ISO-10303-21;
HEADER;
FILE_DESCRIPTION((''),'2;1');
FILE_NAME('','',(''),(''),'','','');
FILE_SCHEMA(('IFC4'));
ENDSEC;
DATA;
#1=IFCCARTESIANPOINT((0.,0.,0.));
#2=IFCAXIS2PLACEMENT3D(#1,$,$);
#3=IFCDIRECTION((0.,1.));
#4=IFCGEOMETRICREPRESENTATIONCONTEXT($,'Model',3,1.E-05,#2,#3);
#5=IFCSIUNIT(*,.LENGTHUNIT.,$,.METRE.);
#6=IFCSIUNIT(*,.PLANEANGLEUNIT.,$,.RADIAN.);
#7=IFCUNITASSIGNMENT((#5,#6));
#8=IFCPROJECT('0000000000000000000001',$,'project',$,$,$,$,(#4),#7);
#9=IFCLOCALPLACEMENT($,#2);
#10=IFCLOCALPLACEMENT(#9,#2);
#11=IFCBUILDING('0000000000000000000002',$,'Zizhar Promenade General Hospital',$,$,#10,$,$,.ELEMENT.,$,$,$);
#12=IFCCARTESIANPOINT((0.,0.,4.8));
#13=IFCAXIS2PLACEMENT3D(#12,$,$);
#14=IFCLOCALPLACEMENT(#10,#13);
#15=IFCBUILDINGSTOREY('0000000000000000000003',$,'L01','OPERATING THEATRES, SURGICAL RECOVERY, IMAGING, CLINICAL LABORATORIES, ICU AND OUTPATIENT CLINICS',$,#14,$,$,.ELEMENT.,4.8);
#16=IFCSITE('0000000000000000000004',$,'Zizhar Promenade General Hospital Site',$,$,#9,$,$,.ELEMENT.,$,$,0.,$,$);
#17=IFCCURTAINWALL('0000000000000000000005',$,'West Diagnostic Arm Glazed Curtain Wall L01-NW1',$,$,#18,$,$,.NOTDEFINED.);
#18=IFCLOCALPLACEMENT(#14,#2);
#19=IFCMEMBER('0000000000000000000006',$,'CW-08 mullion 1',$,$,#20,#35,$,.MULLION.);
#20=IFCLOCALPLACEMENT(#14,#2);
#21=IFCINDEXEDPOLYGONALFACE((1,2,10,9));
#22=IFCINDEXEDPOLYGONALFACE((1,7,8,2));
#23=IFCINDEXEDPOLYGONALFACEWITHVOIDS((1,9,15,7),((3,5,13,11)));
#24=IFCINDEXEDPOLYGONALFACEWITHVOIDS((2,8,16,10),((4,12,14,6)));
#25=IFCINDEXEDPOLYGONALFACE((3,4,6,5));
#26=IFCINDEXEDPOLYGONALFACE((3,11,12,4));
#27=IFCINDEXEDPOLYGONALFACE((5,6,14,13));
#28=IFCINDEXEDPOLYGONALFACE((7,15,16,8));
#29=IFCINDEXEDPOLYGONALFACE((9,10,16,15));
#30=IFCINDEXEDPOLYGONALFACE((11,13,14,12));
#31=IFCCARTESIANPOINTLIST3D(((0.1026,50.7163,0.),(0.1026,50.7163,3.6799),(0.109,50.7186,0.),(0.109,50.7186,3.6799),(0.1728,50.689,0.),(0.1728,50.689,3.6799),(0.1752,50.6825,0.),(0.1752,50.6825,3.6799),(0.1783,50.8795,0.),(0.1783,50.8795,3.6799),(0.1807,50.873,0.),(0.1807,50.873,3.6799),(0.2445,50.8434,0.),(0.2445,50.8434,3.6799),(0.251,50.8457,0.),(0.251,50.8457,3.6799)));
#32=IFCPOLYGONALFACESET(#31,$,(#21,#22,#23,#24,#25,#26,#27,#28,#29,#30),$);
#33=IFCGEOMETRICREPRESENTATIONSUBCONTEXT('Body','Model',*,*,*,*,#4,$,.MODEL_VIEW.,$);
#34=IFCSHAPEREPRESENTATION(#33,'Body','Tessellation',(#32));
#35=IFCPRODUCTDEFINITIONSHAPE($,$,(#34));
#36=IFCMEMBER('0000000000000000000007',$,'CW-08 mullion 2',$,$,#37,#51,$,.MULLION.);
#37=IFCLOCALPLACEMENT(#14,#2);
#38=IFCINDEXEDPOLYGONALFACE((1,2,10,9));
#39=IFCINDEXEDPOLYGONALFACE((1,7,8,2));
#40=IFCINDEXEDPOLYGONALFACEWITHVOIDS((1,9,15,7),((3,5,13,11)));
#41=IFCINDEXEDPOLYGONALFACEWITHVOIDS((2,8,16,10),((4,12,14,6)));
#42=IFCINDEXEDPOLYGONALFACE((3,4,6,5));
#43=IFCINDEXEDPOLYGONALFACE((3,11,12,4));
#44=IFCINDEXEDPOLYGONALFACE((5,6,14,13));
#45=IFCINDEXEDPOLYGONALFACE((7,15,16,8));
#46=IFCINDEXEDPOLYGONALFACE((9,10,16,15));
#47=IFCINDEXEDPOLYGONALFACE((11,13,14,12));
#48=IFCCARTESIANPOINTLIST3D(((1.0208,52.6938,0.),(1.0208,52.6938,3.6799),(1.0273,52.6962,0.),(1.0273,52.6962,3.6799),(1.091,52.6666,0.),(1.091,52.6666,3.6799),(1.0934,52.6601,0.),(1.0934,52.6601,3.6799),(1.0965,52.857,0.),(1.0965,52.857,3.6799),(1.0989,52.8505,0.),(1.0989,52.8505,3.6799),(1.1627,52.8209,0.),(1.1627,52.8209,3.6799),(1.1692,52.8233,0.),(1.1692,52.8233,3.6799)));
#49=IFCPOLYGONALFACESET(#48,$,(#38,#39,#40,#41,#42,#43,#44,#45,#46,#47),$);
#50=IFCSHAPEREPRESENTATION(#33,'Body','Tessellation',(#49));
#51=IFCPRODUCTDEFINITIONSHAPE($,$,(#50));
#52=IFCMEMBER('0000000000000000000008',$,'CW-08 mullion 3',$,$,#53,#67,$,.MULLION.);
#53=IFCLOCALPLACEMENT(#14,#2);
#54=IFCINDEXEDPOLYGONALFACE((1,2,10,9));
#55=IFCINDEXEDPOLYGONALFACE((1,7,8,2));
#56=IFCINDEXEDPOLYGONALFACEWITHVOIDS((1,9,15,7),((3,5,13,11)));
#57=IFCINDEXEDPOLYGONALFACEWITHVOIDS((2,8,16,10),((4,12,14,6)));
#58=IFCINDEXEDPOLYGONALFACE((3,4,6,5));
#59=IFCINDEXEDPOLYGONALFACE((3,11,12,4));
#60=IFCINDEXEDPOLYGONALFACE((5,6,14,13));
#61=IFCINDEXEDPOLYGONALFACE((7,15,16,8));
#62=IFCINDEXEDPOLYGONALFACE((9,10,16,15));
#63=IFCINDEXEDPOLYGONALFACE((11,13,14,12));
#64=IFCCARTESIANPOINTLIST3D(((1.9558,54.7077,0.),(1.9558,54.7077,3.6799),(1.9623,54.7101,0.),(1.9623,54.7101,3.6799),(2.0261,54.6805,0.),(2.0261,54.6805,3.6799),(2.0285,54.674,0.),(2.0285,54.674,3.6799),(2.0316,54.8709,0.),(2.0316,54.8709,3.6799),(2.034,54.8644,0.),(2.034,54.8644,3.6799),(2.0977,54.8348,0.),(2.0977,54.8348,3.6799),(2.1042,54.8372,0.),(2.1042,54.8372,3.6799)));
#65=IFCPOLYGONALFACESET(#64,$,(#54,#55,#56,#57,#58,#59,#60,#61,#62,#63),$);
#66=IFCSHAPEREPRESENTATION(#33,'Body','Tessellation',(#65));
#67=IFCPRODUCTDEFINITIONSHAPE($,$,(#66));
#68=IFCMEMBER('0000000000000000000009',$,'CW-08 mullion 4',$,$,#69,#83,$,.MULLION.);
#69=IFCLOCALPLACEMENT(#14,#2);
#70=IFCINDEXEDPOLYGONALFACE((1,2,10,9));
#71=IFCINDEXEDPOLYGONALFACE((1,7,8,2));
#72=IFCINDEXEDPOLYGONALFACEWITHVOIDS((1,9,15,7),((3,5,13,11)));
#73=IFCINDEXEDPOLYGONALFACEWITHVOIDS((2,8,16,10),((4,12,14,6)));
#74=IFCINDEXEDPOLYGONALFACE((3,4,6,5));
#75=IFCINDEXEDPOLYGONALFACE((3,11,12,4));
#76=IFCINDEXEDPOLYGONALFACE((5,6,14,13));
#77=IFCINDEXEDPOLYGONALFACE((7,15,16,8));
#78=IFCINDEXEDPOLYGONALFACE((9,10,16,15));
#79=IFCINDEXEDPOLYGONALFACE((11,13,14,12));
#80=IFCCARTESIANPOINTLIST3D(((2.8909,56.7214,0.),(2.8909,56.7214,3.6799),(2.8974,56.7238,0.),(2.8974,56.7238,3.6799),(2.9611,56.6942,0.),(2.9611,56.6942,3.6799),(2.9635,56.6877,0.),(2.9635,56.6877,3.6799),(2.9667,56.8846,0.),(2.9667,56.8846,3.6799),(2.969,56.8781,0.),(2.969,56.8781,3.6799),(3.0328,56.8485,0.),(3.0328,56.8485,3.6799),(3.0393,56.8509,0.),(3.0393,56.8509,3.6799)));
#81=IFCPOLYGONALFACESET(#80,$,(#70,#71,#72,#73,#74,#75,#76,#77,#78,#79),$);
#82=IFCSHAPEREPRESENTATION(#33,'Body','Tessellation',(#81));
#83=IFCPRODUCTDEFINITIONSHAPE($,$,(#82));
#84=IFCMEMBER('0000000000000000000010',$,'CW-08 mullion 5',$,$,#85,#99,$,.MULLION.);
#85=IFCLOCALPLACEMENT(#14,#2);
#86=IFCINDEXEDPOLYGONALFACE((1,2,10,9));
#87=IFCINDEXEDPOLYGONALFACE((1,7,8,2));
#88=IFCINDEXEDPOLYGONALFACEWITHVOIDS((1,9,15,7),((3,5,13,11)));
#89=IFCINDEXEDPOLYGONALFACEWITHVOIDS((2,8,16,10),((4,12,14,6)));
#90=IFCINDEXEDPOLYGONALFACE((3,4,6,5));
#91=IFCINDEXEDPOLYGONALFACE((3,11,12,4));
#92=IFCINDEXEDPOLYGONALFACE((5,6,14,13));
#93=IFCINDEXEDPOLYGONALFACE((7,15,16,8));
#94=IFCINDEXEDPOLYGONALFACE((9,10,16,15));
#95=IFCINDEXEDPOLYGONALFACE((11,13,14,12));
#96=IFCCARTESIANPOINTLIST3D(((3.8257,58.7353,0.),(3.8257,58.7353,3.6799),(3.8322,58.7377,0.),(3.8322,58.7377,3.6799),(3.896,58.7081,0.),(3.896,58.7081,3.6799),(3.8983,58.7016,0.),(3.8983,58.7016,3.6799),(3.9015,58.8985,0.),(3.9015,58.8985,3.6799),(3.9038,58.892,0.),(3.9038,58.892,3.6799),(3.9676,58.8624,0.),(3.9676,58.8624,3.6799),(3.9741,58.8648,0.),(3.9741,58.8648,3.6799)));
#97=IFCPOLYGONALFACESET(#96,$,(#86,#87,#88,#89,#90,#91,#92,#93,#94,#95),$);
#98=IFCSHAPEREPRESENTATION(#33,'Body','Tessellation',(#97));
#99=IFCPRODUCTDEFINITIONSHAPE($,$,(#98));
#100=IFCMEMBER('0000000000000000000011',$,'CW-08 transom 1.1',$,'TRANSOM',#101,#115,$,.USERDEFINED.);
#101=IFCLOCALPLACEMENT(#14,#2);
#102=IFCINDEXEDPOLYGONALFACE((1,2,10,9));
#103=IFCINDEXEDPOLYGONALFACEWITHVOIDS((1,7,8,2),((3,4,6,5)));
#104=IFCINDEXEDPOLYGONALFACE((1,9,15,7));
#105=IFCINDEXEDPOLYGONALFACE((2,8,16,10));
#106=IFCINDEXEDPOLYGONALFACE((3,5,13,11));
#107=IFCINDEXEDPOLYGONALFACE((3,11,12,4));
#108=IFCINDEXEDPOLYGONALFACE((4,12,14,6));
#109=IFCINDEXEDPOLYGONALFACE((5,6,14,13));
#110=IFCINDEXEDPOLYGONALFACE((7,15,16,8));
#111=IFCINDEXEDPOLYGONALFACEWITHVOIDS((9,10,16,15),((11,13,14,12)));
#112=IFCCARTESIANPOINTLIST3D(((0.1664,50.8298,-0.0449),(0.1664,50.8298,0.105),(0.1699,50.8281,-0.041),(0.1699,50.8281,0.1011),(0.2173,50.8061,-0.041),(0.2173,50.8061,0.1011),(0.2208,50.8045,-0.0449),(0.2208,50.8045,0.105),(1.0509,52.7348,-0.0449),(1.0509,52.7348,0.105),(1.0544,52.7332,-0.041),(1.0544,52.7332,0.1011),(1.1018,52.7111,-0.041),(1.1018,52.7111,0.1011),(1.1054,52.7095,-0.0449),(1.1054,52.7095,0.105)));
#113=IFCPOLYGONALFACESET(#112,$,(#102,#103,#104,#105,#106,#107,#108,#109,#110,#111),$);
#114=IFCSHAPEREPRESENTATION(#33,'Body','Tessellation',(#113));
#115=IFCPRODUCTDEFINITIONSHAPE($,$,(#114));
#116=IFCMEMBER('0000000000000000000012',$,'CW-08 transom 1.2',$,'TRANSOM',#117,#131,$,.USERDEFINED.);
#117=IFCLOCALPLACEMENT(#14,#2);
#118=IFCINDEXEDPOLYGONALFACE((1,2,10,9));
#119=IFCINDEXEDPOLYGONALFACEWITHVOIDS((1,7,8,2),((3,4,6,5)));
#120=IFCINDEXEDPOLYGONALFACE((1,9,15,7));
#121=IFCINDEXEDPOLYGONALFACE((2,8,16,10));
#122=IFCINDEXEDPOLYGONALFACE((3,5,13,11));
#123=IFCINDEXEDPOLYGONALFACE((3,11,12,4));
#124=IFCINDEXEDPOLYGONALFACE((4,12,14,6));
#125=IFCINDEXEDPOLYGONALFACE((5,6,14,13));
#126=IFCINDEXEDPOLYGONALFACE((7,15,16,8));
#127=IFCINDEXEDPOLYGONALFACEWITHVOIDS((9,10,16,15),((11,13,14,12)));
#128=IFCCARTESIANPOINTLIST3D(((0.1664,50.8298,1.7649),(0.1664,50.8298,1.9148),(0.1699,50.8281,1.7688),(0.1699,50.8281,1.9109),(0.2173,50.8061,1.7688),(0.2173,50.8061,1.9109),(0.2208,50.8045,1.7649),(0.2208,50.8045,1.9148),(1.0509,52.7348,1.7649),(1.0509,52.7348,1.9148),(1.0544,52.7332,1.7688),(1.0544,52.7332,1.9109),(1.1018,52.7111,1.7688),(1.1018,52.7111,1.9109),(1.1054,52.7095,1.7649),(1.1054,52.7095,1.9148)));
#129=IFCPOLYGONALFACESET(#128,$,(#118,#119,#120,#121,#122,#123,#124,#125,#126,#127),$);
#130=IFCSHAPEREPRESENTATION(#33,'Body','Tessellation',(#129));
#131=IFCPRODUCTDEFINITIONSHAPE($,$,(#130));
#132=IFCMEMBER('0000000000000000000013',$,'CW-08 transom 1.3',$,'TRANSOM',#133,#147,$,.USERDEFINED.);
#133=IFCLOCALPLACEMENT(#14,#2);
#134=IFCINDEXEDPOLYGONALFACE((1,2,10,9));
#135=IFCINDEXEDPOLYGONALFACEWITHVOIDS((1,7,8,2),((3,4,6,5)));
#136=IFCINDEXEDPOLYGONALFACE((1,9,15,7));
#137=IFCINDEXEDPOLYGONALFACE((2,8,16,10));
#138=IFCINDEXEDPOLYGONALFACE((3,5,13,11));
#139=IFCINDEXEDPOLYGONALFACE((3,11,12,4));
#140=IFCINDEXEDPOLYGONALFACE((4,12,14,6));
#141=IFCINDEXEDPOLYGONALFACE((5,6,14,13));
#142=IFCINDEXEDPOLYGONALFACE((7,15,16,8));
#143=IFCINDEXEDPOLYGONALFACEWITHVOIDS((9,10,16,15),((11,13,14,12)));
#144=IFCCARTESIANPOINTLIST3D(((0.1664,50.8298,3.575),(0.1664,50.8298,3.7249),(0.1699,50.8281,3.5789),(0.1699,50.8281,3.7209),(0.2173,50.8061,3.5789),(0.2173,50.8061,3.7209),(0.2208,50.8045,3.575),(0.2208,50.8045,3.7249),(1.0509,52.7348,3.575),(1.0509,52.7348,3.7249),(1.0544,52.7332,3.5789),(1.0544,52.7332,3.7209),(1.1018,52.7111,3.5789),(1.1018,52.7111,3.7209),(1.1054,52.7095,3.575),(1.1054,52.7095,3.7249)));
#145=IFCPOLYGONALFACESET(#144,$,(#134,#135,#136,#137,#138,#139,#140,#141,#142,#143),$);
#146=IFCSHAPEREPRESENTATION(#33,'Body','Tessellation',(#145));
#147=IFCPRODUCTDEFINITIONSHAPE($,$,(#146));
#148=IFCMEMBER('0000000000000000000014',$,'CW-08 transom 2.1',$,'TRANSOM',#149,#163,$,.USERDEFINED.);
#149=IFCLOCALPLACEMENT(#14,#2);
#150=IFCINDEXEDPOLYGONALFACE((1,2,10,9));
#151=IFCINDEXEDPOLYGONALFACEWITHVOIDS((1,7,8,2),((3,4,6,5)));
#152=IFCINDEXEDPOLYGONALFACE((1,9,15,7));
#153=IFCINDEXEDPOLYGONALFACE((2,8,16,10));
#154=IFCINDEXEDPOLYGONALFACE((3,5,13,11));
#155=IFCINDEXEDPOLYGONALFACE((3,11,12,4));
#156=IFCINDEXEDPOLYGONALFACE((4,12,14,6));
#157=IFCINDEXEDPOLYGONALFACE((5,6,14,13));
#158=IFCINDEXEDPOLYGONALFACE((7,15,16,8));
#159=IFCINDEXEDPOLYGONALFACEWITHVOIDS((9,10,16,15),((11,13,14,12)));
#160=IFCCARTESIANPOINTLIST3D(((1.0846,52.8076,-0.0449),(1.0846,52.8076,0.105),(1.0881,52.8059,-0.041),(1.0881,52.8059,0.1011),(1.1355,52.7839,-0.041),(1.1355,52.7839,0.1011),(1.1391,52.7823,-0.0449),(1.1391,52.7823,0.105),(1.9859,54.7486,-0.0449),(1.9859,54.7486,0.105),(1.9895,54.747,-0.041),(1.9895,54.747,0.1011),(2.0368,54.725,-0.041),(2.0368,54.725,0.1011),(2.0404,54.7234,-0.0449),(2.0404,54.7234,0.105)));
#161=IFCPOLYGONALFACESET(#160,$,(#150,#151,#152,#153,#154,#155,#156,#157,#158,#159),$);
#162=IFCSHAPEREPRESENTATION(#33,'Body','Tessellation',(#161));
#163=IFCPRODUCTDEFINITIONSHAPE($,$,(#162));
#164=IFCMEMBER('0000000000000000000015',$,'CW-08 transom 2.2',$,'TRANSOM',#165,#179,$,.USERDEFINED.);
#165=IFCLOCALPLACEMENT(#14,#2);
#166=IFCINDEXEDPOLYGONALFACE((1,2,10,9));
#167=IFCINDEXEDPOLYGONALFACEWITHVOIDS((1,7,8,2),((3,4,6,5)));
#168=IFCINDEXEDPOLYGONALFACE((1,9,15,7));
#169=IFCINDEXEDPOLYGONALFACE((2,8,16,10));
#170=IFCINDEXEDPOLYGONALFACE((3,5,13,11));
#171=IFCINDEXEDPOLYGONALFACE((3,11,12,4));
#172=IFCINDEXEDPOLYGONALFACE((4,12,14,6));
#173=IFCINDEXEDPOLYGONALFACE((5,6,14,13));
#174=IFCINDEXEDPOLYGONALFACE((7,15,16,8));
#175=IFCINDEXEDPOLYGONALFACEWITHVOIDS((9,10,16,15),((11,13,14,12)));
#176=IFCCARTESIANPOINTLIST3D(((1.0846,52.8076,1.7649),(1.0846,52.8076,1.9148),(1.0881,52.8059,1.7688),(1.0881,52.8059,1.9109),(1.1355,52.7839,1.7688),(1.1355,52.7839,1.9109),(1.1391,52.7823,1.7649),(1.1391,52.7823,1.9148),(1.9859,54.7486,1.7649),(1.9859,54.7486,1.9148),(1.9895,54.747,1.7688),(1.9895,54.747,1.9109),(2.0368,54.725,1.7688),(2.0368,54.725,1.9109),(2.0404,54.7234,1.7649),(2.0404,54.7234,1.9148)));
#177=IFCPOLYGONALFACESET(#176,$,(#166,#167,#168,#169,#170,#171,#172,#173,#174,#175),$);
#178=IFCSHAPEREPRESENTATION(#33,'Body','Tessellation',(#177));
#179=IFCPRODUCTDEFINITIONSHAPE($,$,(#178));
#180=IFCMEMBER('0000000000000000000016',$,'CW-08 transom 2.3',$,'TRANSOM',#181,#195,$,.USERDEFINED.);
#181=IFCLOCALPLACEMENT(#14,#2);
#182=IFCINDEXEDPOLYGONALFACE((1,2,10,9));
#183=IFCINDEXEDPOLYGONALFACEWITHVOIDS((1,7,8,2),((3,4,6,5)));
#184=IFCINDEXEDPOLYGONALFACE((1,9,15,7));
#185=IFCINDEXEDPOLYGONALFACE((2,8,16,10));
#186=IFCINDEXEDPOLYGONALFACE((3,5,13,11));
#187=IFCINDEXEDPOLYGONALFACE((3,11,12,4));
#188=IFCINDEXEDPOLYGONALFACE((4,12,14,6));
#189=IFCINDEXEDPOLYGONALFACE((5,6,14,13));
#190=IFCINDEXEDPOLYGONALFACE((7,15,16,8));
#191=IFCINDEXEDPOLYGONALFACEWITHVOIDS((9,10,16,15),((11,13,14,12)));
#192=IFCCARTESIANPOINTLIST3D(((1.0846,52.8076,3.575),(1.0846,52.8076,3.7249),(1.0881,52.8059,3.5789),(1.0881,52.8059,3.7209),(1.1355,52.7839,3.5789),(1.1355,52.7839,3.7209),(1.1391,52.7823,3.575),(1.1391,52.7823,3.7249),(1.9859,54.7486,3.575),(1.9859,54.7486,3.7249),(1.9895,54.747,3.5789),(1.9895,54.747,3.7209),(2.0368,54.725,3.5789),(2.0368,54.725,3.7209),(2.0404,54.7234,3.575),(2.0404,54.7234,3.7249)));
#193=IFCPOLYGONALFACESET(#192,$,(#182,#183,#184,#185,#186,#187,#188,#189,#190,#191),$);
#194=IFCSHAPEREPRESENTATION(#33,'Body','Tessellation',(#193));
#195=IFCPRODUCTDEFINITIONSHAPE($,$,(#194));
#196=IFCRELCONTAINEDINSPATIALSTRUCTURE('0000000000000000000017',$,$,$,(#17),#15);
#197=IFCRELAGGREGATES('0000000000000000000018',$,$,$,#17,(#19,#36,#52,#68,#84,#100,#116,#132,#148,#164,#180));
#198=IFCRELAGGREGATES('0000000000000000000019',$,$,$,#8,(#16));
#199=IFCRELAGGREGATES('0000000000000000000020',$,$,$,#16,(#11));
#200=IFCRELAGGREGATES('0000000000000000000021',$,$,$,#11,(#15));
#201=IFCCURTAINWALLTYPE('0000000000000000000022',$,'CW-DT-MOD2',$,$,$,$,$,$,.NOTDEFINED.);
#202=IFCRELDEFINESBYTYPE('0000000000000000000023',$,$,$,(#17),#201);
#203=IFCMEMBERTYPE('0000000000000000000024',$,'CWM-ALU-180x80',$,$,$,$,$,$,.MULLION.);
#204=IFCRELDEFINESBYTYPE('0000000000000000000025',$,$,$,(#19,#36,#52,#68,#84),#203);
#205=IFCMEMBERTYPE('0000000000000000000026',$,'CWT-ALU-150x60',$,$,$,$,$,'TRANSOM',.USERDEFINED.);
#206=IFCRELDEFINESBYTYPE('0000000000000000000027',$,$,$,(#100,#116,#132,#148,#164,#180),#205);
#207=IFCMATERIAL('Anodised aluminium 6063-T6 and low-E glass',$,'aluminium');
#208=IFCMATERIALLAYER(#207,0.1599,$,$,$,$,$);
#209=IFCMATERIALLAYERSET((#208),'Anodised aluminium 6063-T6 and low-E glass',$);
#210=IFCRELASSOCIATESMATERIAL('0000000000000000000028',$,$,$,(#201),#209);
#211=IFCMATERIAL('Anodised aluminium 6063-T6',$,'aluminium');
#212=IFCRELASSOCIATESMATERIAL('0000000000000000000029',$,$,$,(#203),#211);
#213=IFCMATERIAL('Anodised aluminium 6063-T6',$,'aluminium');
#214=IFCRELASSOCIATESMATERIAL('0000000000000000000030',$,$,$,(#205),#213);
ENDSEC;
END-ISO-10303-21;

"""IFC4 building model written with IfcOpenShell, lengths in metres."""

from ifc_helpers import new_model, si_unit, direction, frame, origin, origin_2d, place, context, subcontext, project, spatial, hollow_rectangle, extrude, material, layer, layer_set, material_profile, profile_set, type_object, element, aggregate, save


model = new_model("IFC4")

# Units and contexts
model_context = context("Model", 3, precision=1e-05, world=origin(), true_north=direction((0.0, 1.0)))
body_context = subcontext(model_context, "Body", "Model", "MODEL_VIEW")
ifc_project = project(units=[si_unit("LENGTHUNIT", "METRE"), si_unit("PLANEANGLEUNIT", "RADIAN")], contexts=[model_context])

# Site, building, storey
site_placement = place(None, origin())
site = spatial("IfcSite", under=ifc_project, at=site_placement, Name="Zizhar Promenade General Hospital Site", CompositionType="ELEMENT", RefElevation=0.0)
building_placement = place(site_placement, origin())
building = spatial("IfcBuilding", under=site, at=building_placement, Name="Zizhar Promenade General Hospital", CompositionType="ELEMENT")
storey_placement = place(building_placement, frame((0.0, 0.0, 4.8)))
storey = spatial("IfcBuildingStorey", under=building, at=storey_placement, Name="L01", Description="OPERATING THEATRES, SURGICAL RECOVERY, IMAGING, CLINICAL LABORATORIES, ICU AND OUTPATIENT CLINICS", CompositionType="ELEMENT", Elevation=4.8)

# Curtain wall, members
ifc_material_1 = material(Name="Anodised aluminium 6063-T6 and low-E glass", Category="aluminium")
ifc_layer_1 = layer(ifc_material_1, 0.1599)
ifc_layer_set_1 = layer_set([ifc_layer_1], Name="Anodised aluminium 6063-T6 and low-E glass")
curtain_wall_type = type_object("IfcCurtainWallType", Name="CW-DT-MOD2", PredefinedType="NOTDEFINED", material=ifc_layer_set_1)
curtain_wall_placement = place(storey_placement, origin())
curtain_wall = element("IfcCurtainWall", 1, at=curtain_wall_placement, inside=storey, type_object=curtain_wall_type, Name="West Diagnostic Arm Glazed Curtain Wall L01-NW1", PredefinedType="NOTDEFINED")
ifc_material_2 = material(Name="Anodised aluminium 6063-T6", Category="aluminium")
ifc_material_profile_1 = material_profile(ifc_material_2, hollow_rectangle(XDim=0.0801, YDim=0.1799, WallThickness=0.0049, at=origin_2d()))
ifc_profile_set_1 = profile_set([ifc_material_profile_1], Name="Anodised aluminium 6063-T6")
member_type_1 = type_object("IfcMemberType", Name="CWM-ALU-180x80", PredefinedType="MULLION", material=ifc_profile_set_1)
member_1_placement = place(storey_placement, frame((0.1768, 50.781, 0.0), z_axis=(0.0, 0.0, 1.0), x_axis=(-0.907007, 0.421115, 0.0)))
member_1 = element("IfcMember", 2, at=member_1_placement, type_object=member_type_1, Name="CW-08 mullion 1", PredefinedType="MULLION", context=body_context, shape_type="SweptSolid", body=[
    extrude(hollow_rectangle(XDim=0.0801, YDim=0.1799, WallThickness=0.0049, at=origin_2d()), origin(), (0.0, 0.0, 1.0), 3.6799),
])
member_2_placement = place(storey_placement, frame((1.095, 52.7585, 0.0), z_axis=(0.0, 0.0, 1.0), x_axis=(-0.907007, 0.421115, 0.0)))
member_2 = element("IfcMember", 3, at=member_2_placement, type_object=member_type_1, Name="CW-08 mullion 2", PredefinedType="MULLION", context=body_context, shape_type="SweptSolid", body=[
    extrude(hollow_rectangle(XDim=0.0801, YDim=0.1799, WallThickness=0.0049, at=origin_2d()), origin(), (0.0, 0.0, 1.0), 3.6799),
])
member_3_placement = place(storey_placement, frame((2.03, 54.7725, 0.0), z_axis=(0.0, 0.0, 1.0), x_axis=(-0.907007, 0.421115, 0.0)))
member_3 = element("IfcMember", 4, at=member_3_placement, type_object=member_type_1, Name="CW-08 mullion 3", PredefinedType="MULLION", context=body_context, shape_type="SweptSolid", body=[
    extrude(hollow_rectangle(XDim=0.0801, YDim=0.1799, WallThickness=0.0049, at=origin_2d()), origin(), (0.0, 0.0, 1.0), 3.6799),
])
member_4_placement = place(storey_placement, frame((2.9651, 56.7861, 0.0), z_axis=(0.0, 0.0, 1.0), x_axis=(-0.907007, 0.421115, 0.0)))
member_4 = element("IfcMember", 5, at=member_4_placement, type_object=member_type_1, Name="CW-08 mullion 4", PredefinedType="MULLION", context=body_context, shape_type="SweptSolid", body=[
    extrude(hollow_rectangle(XDim=0.0801, YDim=0.1799, WallThickness=0.0049, at=origin_2d()), origin(), (0.0, 0.0, 1.0), 3.6799),
])
member_5_placement = place(storey_placement, frame((3.8999, 58.8, 0.0), z_axis=(0.0, 0.0, 1.0), x_axis=(-0.907007, 0.421115, 0.0)))
member_5 = element("IfcMember", 6, at=member_5_placement, type_object=member_type_1, Name="CW-08 mullion 5", PredefinedType="MULLION", context=body_context, shape_type="SweptSolid", body=[
    extrude(hollow_rectangle(XDim=0.0801, YDim=0.1799, WallThickness=0.0049, at=origin_2d()), origin(), (0.0, 0.0, 1.0), 3.6799),
])
ifc_material_3 = material(Name="Anodised aluminium 6063-T6", Category="aluminium")
ifc_material_profile_2 = material_profile(ifc_material_3, hollow_rectangle(XDim=0.0601, YDim=0.1499, WallThickness=0.0039, at=origin_2d()))
ifc_profile_set_2 = profile_set([ifc_material_profile_2], Name="Anodised aluminium 6063-T6")
member_type_2 = type_object("IfcMemberType", Name="CWT-ALU-150x60", ElementType="TRANSOM", PredefinedType="USERDEFINED", material=ifc_profile_set_2)
member_6_placement = place(storey_placement, frame((0.1936, 50.8171, 0.03), z_axis=(0.421128, 0.907001, 0.0), x_axis=(-0.907001, 0.421128, 0.0)))
member_6 = element("IfcMember", 7, at=member_6_placement, type_object=member_type_2, Name="CW-08 transom 1.1", ObjectType="TRANSOM", PredefinedType="USERDEFINED", context=body_context, shape_type="SweptSolid", body=[
    extrude(hollow_rectangle(XDim=0.0601, YDim=0.1499, WallThickness=0.0039, at=origin_2d()), origin(), (0.0, 0.0, 1.0), 2.1003),
])
member_7_placement = place(storey_placement, frame((0.1936, 50.8171, 1.8398), z_axis=(0.421128, 0.907001, 0.0), x_axis=(-0.907001, 0.421128, 0.0)))
member_7 = element("IfcMember", 8, at=member_7_placement, type_object=member_type_2, Name="CW-08 transom 1.2", ObjectType="TRANSOM", PredefinedType="USERDEFINED", context=body_context, shape_type="SweptSolid", body=[
    extrude(hollow_rectangle(XDim=0.0601, YDim=0.1499, WallThickness=0.0039, at=origin_2d()), origin(), (0.0, 0.0, 1.0), 2.1003),
])
member_8_placement = place(storey_placement, frame((0.1936, 50.8171, 3.6499), z_axis=(0.421128, 0.907001, 0.0), x_axis=(-0.907001, 0.421128, 0.0)))
member_8 = element("IfcMember", 9, at=member_8_placement, type_object=member_type_2, Name="CW-08 transom 1.3", ObjectType="TRANSOM", PredefinedType="USERDEFINED", context=body_context, shape_type="SweptSolid", body=[
    extrude(hollow_rectangle(XDim=0.0601, YDim=0.1499, WallThickness=0.0039, at=origin_2d()), origin(), (0.0, 0.0, 1.0), 2.1003),
])
member_9_placement = place(storey_placement, frame((1.1118, 52.7949, 0.03), z_axis=(0.421155, 0.906989, 0.0), x_axis=(-0.906989, 0.421155, 0.0)))
member_9 = element("IfcMember", 10, at=member_9_placement, type_object=member_type_2, Name="CW-08 transom 2.1", ObjectType="TRANSOM", PredefinedType="USERDEFINED", context=body_context, shape_type="SweptSolid", body=[
    extrude(hollow_rectangle(XDim=0.0601, YDim=0.1499, WallThickness=0.0039, at=origin_2d()), origin(), (0.0, 0.0, 1.0), 2.1401),
])
member_10_placement = place(storey_placement, frame((1.1118, 52.7949, 1.8398), z_axis=(0.421155, 0.906989, 0.0), x_axis=(-0.906989, 0.421155, 0.0)))
member_10 = element("IfcMember", 11, at=member_10_placement, type_object=member_type_2, Name="CW-08 transom 2.2", ObjectType="TRANSOM", PredefinedType="USERDEFINED", context=body_context, shape_type="SweptSolid", body=[
    extrude(hollow_rectangle(XDim=0.0601, YDim=0.1499, WallThickness=0.0039, at=origin_2d()), origin(), (0.0, 0.0, 1.0), 2.1401),
])
member_11_placement = place(storey_placement, frame((1.1118, 52.7949, 3.6499), z_axis=(0.421155, 0.906989, 0.0), x_axis=(-0.906989, 0.421155, 0.0)))
member_11 = element("IfcMember", 12, at=member_11_placement, type_object=member_type_2, Name="CW-08 transom 2.3", ObjectType="TRANSOM", PredefinedType="USERDEFINED", context=body_context, shape_type="SweptSolid", body=[
    extrude(hollow_rectangle(XDim=0.0601, YDim=0.1499, WallThickness=0.0039, at=origin_2d()), origin(), (0.0, 0.0, 1.0), 2.1401),
])
aggregate(curtain_wall, [member_1, member_2, member_3, member_4, member_5, member_6, member_7, member_8, member_9, member_10, member_11])

save(model, "model.ifc")
